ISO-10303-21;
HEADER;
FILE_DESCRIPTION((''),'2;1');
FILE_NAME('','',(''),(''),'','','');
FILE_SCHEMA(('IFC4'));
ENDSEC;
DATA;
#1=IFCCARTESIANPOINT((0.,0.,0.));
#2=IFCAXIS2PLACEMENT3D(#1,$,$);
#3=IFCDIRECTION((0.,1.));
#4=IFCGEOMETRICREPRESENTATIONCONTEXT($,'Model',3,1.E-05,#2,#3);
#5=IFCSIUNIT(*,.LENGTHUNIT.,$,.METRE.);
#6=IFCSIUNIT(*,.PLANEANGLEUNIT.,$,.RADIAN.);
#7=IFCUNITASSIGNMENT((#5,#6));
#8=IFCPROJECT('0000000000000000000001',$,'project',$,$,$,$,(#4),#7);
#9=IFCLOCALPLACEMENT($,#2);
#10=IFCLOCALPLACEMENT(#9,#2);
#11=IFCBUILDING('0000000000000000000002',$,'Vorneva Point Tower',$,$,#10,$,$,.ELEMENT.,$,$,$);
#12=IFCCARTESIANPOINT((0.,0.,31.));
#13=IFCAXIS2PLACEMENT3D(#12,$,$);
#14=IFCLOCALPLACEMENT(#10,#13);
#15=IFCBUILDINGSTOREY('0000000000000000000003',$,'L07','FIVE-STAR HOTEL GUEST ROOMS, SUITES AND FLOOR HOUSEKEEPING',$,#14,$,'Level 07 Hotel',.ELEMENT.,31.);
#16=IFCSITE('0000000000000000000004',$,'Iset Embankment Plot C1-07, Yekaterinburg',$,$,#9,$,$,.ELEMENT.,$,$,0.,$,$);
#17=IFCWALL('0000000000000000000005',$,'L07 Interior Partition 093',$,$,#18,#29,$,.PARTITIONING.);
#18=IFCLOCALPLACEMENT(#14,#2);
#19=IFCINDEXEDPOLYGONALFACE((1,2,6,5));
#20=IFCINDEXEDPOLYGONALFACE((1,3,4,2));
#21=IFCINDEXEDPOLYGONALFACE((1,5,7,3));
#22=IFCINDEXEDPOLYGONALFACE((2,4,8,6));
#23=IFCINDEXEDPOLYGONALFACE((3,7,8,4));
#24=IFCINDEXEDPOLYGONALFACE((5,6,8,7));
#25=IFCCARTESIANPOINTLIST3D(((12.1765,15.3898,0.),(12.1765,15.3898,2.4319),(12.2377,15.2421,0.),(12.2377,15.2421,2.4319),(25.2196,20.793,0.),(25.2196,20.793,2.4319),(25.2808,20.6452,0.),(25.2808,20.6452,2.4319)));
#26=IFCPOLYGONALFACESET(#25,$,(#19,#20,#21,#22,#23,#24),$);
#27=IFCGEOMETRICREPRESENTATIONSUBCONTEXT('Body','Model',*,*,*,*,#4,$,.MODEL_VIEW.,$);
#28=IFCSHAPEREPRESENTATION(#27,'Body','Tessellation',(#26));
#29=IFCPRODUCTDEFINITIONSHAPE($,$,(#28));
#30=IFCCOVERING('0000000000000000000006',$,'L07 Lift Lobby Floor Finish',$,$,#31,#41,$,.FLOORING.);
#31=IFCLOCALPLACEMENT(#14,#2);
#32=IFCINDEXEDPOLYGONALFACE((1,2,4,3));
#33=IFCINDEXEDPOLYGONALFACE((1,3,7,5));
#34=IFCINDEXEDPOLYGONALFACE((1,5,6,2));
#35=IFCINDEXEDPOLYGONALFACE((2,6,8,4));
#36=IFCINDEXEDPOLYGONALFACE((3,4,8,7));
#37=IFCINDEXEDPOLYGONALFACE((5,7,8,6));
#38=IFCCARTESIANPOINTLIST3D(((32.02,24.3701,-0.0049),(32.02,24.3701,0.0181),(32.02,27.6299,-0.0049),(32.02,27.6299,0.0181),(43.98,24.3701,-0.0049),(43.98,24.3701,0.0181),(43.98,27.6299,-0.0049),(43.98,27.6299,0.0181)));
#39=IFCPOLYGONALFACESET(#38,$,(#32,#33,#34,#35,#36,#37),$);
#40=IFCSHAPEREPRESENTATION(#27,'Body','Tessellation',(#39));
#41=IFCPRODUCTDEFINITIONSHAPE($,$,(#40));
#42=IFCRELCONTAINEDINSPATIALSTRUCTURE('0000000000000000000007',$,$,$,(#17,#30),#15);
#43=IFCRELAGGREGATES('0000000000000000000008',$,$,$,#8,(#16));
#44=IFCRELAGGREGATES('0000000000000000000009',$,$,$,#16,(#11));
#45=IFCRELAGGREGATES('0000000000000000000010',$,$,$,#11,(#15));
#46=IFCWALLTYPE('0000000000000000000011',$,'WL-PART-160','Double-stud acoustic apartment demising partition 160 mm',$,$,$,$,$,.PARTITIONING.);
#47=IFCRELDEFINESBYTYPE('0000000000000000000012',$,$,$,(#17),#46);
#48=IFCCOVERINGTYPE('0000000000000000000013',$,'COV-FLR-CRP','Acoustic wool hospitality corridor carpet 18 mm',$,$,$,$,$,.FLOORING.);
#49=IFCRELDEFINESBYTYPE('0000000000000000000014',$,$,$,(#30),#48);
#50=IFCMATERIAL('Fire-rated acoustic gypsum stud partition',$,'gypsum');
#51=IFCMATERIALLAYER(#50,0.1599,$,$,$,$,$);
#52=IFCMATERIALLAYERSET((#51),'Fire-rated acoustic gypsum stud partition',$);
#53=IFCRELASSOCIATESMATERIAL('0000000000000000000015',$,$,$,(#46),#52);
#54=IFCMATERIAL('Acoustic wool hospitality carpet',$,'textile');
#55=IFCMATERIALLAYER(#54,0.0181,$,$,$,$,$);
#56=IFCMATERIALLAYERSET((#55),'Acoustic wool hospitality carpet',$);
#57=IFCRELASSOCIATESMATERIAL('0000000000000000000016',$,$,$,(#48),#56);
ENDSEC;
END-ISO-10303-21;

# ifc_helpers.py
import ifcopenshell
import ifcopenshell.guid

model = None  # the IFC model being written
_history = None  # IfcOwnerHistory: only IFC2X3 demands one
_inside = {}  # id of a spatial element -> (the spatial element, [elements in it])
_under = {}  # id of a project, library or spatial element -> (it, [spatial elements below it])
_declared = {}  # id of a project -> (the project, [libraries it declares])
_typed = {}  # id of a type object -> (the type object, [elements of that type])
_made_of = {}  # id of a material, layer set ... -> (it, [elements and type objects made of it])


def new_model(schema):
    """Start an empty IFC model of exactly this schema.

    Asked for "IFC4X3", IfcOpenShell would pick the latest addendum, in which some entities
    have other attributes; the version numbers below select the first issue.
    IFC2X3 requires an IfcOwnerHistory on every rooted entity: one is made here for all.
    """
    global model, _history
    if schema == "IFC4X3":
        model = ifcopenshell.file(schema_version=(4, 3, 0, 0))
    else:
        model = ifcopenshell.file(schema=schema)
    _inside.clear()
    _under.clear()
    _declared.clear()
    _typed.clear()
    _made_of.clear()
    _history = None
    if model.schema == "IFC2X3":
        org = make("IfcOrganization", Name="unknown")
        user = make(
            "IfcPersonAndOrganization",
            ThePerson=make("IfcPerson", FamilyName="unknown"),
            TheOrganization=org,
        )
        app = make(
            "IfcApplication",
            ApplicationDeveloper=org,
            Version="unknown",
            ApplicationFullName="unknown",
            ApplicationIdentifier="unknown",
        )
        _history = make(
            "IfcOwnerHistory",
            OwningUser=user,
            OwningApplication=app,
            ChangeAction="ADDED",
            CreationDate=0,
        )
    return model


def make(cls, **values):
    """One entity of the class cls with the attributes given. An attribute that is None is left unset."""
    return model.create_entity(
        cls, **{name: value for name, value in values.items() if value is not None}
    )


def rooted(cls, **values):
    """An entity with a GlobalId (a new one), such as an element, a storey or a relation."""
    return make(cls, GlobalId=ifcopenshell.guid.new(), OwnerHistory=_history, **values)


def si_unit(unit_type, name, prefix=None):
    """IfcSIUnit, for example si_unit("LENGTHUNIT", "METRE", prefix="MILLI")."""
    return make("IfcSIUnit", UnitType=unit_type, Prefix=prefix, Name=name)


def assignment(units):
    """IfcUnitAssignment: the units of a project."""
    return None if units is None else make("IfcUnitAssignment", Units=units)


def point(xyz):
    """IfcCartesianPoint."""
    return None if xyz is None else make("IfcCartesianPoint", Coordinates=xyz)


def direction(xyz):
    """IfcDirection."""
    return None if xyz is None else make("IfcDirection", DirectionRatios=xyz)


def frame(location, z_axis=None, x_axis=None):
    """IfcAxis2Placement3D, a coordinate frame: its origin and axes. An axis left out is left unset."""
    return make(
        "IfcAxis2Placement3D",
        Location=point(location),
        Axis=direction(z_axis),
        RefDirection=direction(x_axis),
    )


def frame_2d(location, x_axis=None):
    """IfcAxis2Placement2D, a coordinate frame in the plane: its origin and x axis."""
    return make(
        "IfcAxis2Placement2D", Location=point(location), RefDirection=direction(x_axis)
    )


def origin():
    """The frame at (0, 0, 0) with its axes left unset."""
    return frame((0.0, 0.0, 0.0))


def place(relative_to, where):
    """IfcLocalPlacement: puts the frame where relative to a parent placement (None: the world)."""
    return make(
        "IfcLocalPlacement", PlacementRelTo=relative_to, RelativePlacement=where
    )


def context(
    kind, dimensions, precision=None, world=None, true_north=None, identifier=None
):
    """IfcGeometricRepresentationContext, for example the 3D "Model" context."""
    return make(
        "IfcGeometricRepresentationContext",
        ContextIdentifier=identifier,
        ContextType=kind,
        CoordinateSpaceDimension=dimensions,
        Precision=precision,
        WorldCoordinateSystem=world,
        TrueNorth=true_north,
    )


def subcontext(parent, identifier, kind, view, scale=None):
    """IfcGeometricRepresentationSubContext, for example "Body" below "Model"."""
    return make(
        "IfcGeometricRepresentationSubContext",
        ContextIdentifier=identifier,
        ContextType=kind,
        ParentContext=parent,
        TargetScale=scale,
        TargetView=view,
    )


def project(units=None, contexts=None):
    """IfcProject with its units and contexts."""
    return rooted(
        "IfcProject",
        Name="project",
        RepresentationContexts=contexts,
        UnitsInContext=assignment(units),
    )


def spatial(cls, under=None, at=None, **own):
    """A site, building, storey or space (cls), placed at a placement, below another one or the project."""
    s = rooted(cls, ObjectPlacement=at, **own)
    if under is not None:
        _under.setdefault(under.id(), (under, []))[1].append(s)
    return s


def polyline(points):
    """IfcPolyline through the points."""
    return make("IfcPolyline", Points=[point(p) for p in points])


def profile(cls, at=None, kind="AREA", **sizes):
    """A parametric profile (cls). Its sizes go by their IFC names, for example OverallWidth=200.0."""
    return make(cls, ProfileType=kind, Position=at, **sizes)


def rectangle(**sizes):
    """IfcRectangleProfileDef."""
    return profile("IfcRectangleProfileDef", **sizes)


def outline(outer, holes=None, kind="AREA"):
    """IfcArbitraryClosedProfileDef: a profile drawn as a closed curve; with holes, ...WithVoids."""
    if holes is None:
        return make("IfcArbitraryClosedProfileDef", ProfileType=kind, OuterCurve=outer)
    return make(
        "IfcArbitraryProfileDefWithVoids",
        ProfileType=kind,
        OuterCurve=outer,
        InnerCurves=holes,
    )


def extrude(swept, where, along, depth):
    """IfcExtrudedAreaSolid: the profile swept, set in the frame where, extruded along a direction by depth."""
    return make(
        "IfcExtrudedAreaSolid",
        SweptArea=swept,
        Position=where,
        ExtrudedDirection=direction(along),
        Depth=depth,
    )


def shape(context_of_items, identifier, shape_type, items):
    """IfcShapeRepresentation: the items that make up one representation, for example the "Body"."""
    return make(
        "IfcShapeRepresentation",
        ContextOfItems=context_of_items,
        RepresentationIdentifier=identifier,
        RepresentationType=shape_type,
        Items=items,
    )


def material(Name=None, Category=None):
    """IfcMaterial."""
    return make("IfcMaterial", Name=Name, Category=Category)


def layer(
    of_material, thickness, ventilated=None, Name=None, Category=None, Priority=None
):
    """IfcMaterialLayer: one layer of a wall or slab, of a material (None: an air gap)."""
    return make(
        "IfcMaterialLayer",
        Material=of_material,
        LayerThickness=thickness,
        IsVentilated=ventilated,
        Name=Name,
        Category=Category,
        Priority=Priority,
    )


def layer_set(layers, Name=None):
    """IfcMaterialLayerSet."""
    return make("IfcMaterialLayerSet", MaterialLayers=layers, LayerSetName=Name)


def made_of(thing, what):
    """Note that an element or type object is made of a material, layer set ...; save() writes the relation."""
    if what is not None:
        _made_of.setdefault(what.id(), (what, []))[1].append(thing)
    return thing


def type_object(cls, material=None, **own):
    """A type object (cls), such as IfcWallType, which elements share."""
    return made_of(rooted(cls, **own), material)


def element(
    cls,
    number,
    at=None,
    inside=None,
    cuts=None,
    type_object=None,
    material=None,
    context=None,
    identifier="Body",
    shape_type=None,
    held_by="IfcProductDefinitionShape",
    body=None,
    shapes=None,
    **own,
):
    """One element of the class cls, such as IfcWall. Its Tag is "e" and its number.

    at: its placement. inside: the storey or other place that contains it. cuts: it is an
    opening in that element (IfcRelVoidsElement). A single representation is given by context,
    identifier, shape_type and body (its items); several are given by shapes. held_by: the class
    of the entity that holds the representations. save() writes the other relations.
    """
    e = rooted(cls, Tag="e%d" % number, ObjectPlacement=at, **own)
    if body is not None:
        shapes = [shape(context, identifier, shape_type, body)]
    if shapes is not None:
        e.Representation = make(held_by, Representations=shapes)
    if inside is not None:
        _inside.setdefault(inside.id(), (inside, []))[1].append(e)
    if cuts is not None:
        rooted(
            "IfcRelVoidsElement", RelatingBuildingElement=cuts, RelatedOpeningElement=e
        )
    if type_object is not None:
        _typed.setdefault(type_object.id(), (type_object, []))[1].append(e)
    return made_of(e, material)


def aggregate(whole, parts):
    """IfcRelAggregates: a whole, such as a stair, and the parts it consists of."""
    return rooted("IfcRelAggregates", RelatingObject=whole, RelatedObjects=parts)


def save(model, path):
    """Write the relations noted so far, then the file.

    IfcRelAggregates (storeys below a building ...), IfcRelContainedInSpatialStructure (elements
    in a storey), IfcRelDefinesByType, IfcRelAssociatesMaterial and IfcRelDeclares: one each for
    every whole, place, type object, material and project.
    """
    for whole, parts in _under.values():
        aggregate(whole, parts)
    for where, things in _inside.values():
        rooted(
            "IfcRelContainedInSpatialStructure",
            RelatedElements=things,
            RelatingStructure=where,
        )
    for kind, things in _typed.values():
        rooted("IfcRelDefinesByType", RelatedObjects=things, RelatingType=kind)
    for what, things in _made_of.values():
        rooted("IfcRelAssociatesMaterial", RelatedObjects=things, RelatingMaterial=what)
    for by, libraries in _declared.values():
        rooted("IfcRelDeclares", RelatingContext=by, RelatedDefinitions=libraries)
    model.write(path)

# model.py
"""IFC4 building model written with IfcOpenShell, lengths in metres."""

from ifc_helpers import new_model, si_unit, direction, frame, frame_2d, origin, place, context, subcontext, project, spatial, polyline, rectangle, outline, extrude, material, layer, layer_set, type_object, element, save


model = new_model("IFC4")

# Units and contexts
model_context = context("Model", 3, precision=1e-05, world=origin(), true_north=direction((0.0, 1.0)))
body_context = subcontext(model_context, "Body", "Model", "MODEL_VIEW")
ifc_project = project(units=[si_unit("LENGTHUNIT", "METRE"), si_unit("PLANEANGLEUNIT", "RADIAN")], contexts=[model_context])

# Site, building, storey
site_placement = place(None, origin())
site = spatial("IfcSite", under=ifc_project, at=site_placement, Name="Iset Embankment Plot C1-07, Yekaterinburg", CompositionType="ELEMENT", RefElevation=0.0)
building_placement = place(site_placement, origin())
building = spatial("IfcBuilding", under=site, at=building_placement, Name="Vorneva Point Tower", CompositionType="ELEMENT")
storey_placement = place(building_placement, frame((0.0, 0.0, 31.0)))
storey = spatial("IfcBuildingStorey", under=building, at=storey_placement, Name="L07", Description="FIVE-STAR HOTEL GUEST ROOMS, SUITES AND FLOOR HOUSEKEEPING", LongName="Level 07 Hotel", CompositionType="ELEMENT", Elevation=31.0)

# Wall
ifc_material_1 = material(Name="Fire-rated acoustic gypsum stud partition", Category="gypsum")
ifc_layer_1 = layer(ifc_material_1, 0.1599)
ifc_layer_set_1 = layer_set([ifc_layer_1], Name="Fire-rated acoustic gypsum stud partition")
wall_type_1 = type_object("IfcWallType", Name="WL-PART-160", Description="Double-stud acoustic apartment demising partition 160 mm", PredefinedType="PARTITIONING", material=ifc_layer_set_1)
wall_1_placement = place(storey_placement, frame((12.207, 15.3159, 0.0), z_axis=(0.0, 0.0, 1.0), x_axis=(0.923867, 0.382714, 0.0)))
element("IfcWall", 1, at=wall_1_placement, inside=storey, type_object=wall_type_1, Name="L07 Interior Partition 093", PredefinedType="PARTITIONING", context=body_context, shape_type="SweptSolid", body=[
    extrude(rectangle(XDim=14.1179, YDim=0.1599, at=frame_2d((7.0591, 0.0))), origin(), (0.0, 0.0, 1.0), 2.4319),
])

# Covering
ifc_material_2 = material(Name="Acoustic wool hospitality carpet", Category="textile")
ifc_layer_2 = layer(ifc_material_2, 0.0181)
ifc_layer_set_2 = layer_set([ifc_layer_2], Name="Acoustic wool hospitality carpet")
covering_type = type_object("IfcCoveringType", Name="COV-FLR-CRP", Description="Acoustic wool hospitality corridor carpet 18 mm", PredefinedType="FLOORING", material=ifc_layer_set_2)
covering_placement = place(storey_placement, frame((0.0, 0.0, -0.0049)))
element("IfcCovering", 2, at=covering_placement, inside=storey, type_object=covering_type, Name="L07 Lift Lobby Floor Finish", PredefinedType="FLOORING", context=body_context, shape_type="SweptSolid", body=[
    extrude(outline(polyline([(32.02, 24.3701), (43.98, 24.3701), (43.98, 27.6299), (32.02, 27.6299), (32.02, 24.3701)])), origin(), (0.0, 0.0, 1.0), 0.0229),
])

save(model, "model.ifc")
